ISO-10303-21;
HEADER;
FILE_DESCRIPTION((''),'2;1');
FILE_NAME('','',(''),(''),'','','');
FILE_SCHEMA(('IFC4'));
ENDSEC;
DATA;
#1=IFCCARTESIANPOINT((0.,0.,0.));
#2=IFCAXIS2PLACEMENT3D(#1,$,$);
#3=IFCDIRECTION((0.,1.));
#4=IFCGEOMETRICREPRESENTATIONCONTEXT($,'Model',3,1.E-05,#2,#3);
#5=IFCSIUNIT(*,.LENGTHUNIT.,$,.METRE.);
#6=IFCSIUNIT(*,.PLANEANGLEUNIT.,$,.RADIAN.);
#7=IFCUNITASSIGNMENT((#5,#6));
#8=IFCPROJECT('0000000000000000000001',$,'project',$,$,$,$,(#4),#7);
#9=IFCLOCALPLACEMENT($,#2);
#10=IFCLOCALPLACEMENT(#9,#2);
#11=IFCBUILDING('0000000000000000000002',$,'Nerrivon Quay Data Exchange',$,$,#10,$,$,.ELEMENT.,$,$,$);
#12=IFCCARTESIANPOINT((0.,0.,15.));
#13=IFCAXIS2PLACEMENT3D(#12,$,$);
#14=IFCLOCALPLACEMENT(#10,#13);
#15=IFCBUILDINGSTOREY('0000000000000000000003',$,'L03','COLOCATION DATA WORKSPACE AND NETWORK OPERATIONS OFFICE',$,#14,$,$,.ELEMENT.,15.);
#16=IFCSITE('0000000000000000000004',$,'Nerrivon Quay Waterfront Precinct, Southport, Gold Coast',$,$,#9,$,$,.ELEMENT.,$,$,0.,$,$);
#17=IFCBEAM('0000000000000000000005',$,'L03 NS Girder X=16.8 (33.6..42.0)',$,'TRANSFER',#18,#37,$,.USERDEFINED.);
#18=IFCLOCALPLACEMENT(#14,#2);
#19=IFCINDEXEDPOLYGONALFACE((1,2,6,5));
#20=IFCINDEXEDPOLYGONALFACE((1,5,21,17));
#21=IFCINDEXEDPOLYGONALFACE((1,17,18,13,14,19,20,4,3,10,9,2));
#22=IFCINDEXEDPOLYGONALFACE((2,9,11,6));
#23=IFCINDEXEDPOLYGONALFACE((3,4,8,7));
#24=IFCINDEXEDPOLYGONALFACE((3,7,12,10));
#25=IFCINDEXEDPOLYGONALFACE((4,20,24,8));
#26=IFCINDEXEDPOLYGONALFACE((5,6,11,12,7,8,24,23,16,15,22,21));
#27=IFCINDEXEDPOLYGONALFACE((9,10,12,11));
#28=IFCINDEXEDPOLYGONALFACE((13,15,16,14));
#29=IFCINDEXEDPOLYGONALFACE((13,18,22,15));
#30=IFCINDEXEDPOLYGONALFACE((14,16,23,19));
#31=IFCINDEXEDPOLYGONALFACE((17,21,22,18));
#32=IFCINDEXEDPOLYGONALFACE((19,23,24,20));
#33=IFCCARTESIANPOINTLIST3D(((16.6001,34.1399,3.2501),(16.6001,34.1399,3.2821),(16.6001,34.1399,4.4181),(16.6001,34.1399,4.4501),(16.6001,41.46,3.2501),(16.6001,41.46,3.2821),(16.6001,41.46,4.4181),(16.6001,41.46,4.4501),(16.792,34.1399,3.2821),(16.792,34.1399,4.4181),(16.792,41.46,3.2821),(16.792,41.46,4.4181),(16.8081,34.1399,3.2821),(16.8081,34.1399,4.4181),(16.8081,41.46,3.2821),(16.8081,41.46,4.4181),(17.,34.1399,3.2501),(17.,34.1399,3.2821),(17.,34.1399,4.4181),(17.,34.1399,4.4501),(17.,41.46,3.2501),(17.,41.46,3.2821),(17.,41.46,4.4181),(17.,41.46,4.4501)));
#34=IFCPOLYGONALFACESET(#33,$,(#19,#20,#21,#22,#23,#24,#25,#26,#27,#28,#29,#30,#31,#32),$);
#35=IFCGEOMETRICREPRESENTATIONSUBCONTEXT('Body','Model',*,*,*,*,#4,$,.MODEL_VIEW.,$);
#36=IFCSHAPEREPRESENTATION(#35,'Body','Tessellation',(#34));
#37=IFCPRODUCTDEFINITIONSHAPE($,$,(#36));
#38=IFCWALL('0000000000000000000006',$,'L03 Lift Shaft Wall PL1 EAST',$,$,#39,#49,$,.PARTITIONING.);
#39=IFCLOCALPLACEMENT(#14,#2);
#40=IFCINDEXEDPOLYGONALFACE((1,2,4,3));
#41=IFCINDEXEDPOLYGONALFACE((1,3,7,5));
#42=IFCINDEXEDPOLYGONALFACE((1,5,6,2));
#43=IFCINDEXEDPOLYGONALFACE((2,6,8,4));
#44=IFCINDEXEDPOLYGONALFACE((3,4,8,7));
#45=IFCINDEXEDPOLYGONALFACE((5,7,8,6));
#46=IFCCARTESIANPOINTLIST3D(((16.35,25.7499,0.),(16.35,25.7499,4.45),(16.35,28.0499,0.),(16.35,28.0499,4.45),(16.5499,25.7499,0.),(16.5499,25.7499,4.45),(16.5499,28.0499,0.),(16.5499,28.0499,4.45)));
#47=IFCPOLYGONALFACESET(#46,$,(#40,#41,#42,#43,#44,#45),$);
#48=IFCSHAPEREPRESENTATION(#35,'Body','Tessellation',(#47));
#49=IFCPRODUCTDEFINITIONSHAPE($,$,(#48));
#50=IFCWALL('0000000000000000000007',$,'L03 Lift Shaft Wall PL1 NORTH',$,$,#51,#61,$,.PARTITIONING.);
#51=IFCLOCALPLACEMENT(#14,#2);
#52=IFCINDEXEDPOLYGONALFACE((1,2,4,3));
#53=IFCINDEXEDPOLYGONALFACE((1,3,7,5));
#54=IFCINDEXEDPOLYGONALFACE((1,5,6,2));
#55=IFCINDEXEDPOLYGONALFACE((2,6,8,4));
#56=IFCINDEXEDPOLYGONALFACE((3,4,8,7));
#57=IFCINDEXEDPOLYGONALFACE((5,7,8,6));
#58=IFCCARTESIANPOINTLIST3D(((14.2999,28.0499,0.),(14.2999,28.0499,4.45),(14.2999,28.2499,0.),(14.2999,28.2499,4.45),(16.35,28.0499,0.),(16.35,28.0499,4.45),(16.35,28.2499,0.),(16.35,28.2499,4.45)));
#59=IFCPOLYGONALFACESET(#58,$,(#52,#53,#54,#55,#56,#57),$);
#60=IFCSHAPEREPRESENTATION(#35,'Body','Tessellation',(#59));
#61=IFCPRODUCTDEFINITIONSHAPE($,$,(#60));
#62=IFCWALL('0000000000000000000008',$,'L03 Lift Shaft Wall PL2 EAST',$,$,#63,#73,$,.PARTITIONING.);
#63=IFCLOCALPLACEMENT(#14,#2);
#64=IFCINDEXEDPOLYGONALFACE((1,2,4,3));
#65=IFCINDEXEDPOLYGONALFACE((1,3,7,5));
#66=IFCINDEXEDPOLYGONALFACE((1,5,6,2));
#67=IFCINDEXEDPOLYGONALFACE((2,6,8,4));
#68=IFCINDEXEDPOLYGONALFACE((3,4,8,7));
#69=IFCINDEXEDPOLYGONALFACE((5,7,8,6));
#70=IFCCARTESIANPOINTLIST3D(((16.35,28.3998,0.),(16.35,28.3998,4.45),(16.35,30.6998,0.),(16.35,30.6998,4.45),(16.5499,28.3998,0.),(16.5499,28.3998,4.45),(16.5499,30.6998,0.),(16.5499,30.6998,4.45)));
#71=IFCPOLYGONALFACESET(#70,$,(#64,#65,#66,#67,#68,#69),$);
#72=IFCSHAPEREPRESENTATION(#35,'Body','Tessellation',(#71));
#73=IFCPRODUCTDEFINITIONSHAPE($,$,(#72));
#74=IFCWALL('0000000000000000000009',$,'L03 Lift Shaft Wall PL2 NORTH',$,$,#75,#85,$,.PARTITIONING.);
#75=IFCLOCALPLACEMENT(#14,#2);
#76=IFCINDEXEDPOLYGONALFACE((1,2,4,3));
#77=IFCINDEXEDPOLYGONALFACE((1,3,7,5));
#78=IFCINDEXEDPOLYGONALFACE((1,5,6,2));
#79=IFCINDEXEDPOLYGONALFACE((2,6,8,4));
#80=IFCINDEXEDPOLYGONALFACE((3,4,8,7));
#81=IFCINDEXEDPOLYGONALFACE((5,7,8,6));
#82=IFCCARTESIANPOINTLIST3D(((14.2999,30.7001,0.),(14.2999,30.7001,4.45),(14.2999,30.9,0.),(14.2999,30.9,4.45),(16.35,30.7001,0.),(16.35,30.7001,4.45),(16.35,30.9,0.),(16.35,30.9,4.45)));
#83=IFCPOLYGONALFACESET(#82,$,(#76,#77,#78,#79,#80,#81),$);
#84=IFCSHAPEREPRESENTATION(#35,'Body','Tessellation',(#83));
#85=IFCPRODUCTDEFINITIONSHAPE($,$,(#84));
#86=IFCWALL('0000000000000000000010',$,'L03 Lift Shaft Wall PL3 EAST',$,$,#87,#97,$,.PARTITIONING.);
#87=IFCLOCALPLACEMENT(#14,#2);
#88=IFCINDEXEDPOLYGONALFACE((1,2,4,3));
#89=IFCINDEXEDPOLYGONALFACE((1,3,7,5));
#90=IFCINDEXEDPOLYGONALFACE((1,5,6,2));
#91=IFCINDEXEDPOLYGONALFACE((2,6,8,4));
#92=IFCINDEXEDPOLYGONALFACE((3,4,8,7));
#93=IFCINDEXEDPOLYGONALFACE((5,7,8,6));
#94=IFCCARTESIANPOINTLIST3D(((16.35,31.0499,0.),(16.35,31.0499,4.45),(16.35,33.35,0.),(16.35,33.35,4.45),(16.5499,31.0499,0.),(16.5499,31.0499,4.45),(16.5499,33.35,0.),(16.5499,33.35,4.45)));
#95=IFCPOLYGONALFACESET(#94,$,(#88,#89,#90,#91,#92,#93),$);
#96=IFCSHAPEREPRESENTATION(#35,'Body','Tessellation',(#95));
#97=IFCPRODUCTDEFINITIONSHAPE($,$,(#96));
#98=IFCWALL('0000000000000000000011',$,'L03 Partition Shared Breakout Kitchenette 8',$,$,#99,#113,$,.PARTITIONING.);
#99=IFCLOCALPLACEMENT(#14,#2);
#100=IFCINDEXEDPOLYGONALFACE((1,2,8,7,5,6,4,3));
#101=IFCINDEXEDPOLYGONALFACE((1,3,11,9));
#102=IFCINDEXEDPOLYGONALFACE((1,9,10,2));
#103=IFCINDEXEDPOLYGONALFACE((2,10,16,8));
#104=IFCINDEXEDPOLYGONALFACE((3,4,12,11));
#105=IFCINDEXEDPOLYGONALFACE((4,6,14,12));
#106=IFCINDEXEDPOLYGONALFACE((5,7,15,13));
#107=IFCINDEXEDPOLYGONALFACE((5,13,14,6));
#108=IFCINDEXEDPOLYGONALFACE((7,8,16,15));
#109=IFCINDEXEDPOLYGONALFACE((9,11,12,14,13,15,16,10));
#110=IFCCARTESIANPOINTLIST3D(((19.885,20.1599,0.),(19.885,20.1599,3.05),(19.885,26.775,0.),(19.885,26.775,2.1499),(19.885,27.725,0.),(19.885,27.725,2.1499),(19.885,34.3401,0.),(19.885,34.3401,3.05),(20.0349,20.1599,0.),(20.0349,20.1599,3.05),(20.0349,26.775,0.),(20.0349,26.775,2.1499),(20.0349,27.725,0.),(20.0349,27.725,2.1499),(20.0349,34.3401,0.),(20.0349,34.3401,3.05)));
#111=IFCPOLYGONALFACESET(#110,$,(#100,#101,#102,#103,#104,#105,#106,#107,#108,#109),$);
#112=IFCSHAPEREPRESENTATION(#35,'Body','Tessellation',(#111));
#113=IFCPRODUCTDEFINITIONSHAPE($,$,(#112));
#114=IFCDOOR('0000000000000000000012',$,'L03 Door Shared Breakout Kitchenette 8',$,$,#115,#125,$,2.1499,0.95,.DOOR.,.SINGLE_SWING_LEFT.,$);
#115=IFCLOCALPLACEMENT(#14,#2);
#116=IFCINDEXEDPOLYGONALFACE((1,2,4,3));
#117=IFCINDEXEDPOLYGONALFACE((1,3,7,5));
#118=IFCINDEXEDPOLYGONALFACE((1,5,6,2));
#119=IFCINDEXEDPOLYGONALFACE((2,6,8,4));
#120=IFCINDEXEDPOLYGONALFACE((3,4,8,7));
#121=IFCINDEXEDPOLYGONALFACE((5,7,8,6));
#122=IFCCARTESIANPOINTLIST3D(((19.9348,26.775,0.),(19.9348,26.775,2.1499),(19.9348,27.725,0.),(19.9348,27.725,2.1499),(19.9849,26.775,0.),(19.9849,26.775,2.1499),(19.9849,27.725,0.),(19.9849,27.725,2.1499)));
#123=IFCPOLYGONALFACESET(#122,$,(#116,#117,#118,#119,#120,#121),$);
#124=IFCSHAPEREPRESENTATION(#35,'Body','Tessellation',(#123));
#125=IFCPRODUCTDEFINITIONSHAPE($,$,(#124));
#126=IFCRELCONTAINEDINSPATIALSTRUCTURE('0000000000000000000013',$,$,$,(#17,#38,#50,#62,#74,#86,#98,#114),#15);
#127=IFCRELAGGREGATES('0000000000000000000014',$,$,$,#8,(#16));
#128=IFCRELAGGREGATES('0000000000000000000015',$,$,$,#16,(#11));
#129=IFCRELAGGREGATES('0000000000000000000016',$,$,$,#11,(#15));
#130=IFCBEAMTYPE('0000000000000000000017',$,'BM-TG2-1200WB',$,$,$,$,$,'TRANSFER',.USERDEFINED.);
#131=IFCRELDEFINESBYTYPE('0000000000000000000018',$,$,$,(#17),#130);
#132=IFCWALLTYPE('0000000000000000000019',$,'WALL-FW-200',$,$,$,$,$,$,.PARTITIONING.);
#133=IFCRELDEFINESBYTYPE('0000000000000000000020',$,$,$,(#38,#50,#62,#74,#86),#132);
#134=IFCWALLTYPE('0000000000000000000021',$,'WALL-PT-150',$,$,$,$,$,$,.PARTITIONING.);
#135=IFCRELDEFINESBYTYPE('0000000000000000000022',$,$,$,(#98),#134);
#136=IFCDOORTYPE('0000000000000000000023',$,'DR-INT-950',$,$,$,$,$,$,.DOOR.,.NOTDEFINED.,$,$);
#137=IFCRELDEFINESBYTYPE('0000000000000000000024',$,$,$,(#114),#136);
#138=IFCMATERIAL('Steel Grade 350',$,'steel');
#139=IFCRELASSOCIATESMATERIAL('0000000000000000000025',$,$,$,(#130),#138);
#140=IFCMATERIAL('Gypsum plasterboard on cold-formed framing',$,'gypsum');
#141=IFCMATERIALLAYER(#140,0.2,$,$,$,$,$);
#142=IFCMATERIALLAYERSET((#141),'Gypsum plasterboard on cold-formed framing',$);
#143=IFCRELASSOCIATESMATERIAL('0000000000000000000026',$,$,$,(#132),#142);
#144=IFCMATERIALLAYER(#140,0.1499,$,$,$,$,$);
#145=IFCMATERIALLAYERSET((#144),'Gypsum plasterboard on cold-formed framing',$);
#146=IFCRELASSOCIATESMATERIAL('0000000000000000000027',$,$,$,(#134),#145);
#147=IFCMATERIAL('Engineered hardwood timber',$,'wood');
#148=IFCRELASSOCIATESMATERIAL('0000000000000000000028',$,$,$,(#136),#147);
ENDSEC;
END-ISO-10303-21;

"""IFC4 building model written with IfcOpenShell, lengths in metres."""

from ifc_helpers import new_model, si_unit, direction, frame, frame_2d, origin, origin_2d, place, context, subcontext, project, spatial, rectangle, i_section, extrude, material, layer, layer_set, material_profile, profile_set, type_object, element, fill, save


model = new_model("IFC4")

# Units and contexts
model_context = context("Model", 3, precision=1e-05, world=origin(), true_north=direction((0.0, 1.0)))
body_context = subcontext(model_context, "Body", "Model", "MODEL_VIEW")
ifc_project = project(units=[si_unit("LENGTHUNIT", "METRE"), si_unit("PLANEANGLEUNIT", "RADIAN")], contexts=[model_context])

# Site, building, storey
site_placement = place(None, origin())
site = spatial("IfcSite", under=ifc_project, at=site_placement, Name="Nerrivon Quay Waterfront Precinct, Southport, Gold Coast", CompositionType="ELEMENT", RefElevation=0.0)
building_placement = place(site_placement, origin())
building = spatial("IfcBuilding", under=site, at=building_placement, Name="Nerrivon Quay Data Exchange", CompositionType="ELEMENT")
storey_placement = place(building_placement, frame((0.0, 0.0, 15.0)))
storey = spatial("IfcBuildingStorey", under=building, at=storey_placement, Name="L03", Description="COLOCATION DATA WORKSPACE AND NETWORK OPERATIONS OFFICE", CompositionType="ELEMENT", Elevation=15.0)

# Beam
ifc_material_1 = material(Name="Steel Grade 350", Category="steel")
ifc_material_profile_1 = material_profile(ifc_material_1, i_section(OverallWidth=0.3999, OverallDepth=1.2, WebThickness=0.0161, FlangeThickness=0.032, at=origin_2d()), Name="1200WB342")
ifc_profile_set_1 = profile_set([ifc_material_profile_1], Name="Steel Grade 350")
beam_type_1 = type_object("IfcBeamType", Name="BM-TG2-1200WB", ElementType="TRANSFER", PredefinedType="USERDEFINED", material=ifc_profile_set_1)
for number, where, z_axis, x_axis, name in (
    (1, (16.8, 34.1399, 3.8501), (0.0, 1.0, 0.0), (-1.0, 0.0, 0.0), "L03 NS Girder X=16.8 (33.6..42.0)"),
):
    element("IfcBeam", number, at=place(storey_placement, frame(where, z_axis=z_axis, x_axis=x_axis)), inside=storey, type_object=beam_type_1, Name=name, ObjectType="TRANSFER", PredefinedType="USERDEFINED", context=body_context, shape_type="SweptSolid", body=[
        extrude(i_section(OverallWidth=0.3999, OverallDepth=1.2, WebThickness=0.0161, FlangeThickness=0.032, at=origin_2d()), origin(), (0.0, 0.0, 1.0), 7.3201),
    ])

# Walls
ifc_material_2 = material(Name="Gypsum plasterboard on cold-formed framing", Category="gypsum")
ifc_layer_1 = layer(ifc_material_2, 0.2)
ifc_layer_set_1 = layer_set([ifc_layer_1], Name="Gypsum plasterboard on cold-formed framing")
wall_type_1 = type_object("IfcWallType", Name="WALL-FW-200", PredefinedType="PARTITIONING", material=ifc_layer_set_1)
wall_1_placement = place(storey_placement, frame((16.45, 25.75, 0.0), z_axis=(0.0, 0.0, 1.0), x_axis=(0.0, 1.0, 0.0)))
element("IfcWall", 2, at=wall_1_placement, inside=storey, type_object=wall_type_1, Name="L03 Lift Shaft Wall PL1 EAST", PredefinedType="PARTITIONING", context=body_context, shape_type="SweptSolid", body=[
    extrude(rectangle(XDim=2.3, YDim=0.2, at=frame_2d((1.1499, 0.0))), origin(), (0.0, 0.0, 1.0), 4.45),
])
wall_2_placement = place(storey_placement, frame((14.3, 28.1499, 0.0), z_axis=(0.0, 0.0, 1.0), x_axis=(1.0, 0.0, 0.0)))
element("IfcWall", 3, at=wall_2_placement, inside=storey, type_object=wall_type_1, Name="L03 Lift Shaft Wall PL1 NORTH", PredefinedType="PARTITIONING", context=body_context, shape_type="SweptSolid", body=[
    extrude(rectangle(XDim=2.05, YDim=0.2, at=frame_2d((1.0249, 0.0))), origin(), (0.0, 0.0, 1.0), 4.45),
])
wall_3_placement = place(storey_placement, frame((16.45, 28.3999, 0.0), z_axis=(0.0, 0.0, 1.0), x_axis=(0.0, 1.0, 0.0)))
element("IfcWall", 4, at=wall_3_placement, inside=storey, type_object=wall_type_1, Name="L03 Lift Shaft Wall PL2 EAST", PredefinedType="PARTITIONING", context=body_context, shape_type="SweptSolid", body=[
    extrude(rectangle(XDim=2.3, YDim=0.2, at=frame_2d((1.1499, 0.0))), origin(), (0.0, 0.0, 1.0), 4.45),
])
wall_4_placement = place(storey_placement, frame((14.3, 30.8, 0.0), z_axis=(0.0, 0.0, 1.0), x_axis=(1.0, 0.0, 0.0)))
element("IfcWall", 5, at=wall_4_placement, inside=storey, type_object=wall_type_1, Name="L03 Lift Shaft Wall PL2 NORTH", PredefinedType="PARTITIONING", context=body_context, shape_type="SweptSolid", body=[
    extrude(rectangle(XDim=2.05, YDim=0.2, at=frame_2d((1.0249, 0.0))), origin(), (0.0, 0.0, 1.0), 4.45),
])
wall_5_placement = place(storey_placement, frame((16.45, 31.05, 0.0), z_axis=(0.0, 0.0, 1.0), x_axis=(0.0, 1.0, 0.0)))
element("IfcWall", 6, at=wall_5_placement, inside=storey, type_object=wall_type_1, Name="L03 Lift Shaft Wall PL3 EAST", PredefinedType="PARTITIONING", context=body_context, shape_type="SweptSolid", body=[
    extrude(rectangle(XDim=2.3, YDim=0.2, at=frame_2d((1.1499, 0.0))), origin(), (0.0, 0.0, 1.0), 4.45),
])

# Wall, opening, door
ifc_layer_2 = layer(ifc_material_2, 0.1499)
ifc_layer_set_2 = layer_set([ifc_layer_2], Name="Gypsum plasterboard on cold-formed framing")
wall_type_2 = type_object("IfcWallType", Name="WALL-PT-150", PredefinedType="PARTITIONING", material=ifc_layer_set_2)
wall_6_placement = place(storey_placement, frame((19.96, 34.3401, 0.0), z_axis=(0.0, 0.0, 1.0), x_axis=(0.0, -1.0, 0.0)))
wall_6 = element("IfcWall", 7, at=wall_6_placement, inside=storey, type_object=wall_type_2, Name="L03 Partition Shared Breakout Kitchenette 8", PredefinedType="PARTITIONING", context=body_context, shape_type="SweptSolid", body=[
    extrude(rectangle(XDim=14.1802, YDim=0.1499, at=frame_2d((7.0901, 0.0))), origin(), (0.0, 0.0, 1.0), 3.05),
])
opening_1_placement = place(wall_6_placement, frame((6.615, 0.0, 0.0)))
opening_1 = element("IfcOpeningElement", 8, at=opening_1_placement, cuts=wall_6, PredefinedType="OPENING", context=body_context, shape_type="SweptSolid", body=[
    extrude(rectangle(XDim=0.95, YDim=2.1499, at=frame_2d((0.4751, 1.075))), frame((0.0, 0.085, 0.0), z_axis=(0.0, -1.0, 0.0), x_axis=(1.0, 0.0, 0.0)), (0.0, 0.0, 1.0), 0.1699),
])
ifc_material_3 = material(Name="Engineered hardwood timber", Category="wood")
door_type_1 = type_object("IfcDoorType", Name="DR-INT-950", OperationType="NOTDEFINED", PredefinedType="DOOR", material=ifc_material_3)
door_1_placement = place(opening_1_placement, origin())
door_1 = element("IfcDoor", 9, at=door_1_placement, inside=storey, type_object=door_type_1, Name="L03 Door Shared Breakout Kitchenette 8", OperationType="SINGLE_SWING_LEFT", OverallHeight=2.1499, OverallWidth=0.95, PredefinedType="DOOR", context=body_context, shape_type="SweptSolid", body=[
    extrude(rectangle(XDim=0.95, YDim=2.1499, at=frame_2d((0.4751, 1.075))), frame((0.0, 0.0249, 0.0), z_axis=(0.0, -1.0, 0.0), x_axis=(1.0, 0.0, 0.0)), (0.0, 0.0, 1.0), 0.05),
])
fill(opening_1, door_1)

save(model, "model.ifc")
